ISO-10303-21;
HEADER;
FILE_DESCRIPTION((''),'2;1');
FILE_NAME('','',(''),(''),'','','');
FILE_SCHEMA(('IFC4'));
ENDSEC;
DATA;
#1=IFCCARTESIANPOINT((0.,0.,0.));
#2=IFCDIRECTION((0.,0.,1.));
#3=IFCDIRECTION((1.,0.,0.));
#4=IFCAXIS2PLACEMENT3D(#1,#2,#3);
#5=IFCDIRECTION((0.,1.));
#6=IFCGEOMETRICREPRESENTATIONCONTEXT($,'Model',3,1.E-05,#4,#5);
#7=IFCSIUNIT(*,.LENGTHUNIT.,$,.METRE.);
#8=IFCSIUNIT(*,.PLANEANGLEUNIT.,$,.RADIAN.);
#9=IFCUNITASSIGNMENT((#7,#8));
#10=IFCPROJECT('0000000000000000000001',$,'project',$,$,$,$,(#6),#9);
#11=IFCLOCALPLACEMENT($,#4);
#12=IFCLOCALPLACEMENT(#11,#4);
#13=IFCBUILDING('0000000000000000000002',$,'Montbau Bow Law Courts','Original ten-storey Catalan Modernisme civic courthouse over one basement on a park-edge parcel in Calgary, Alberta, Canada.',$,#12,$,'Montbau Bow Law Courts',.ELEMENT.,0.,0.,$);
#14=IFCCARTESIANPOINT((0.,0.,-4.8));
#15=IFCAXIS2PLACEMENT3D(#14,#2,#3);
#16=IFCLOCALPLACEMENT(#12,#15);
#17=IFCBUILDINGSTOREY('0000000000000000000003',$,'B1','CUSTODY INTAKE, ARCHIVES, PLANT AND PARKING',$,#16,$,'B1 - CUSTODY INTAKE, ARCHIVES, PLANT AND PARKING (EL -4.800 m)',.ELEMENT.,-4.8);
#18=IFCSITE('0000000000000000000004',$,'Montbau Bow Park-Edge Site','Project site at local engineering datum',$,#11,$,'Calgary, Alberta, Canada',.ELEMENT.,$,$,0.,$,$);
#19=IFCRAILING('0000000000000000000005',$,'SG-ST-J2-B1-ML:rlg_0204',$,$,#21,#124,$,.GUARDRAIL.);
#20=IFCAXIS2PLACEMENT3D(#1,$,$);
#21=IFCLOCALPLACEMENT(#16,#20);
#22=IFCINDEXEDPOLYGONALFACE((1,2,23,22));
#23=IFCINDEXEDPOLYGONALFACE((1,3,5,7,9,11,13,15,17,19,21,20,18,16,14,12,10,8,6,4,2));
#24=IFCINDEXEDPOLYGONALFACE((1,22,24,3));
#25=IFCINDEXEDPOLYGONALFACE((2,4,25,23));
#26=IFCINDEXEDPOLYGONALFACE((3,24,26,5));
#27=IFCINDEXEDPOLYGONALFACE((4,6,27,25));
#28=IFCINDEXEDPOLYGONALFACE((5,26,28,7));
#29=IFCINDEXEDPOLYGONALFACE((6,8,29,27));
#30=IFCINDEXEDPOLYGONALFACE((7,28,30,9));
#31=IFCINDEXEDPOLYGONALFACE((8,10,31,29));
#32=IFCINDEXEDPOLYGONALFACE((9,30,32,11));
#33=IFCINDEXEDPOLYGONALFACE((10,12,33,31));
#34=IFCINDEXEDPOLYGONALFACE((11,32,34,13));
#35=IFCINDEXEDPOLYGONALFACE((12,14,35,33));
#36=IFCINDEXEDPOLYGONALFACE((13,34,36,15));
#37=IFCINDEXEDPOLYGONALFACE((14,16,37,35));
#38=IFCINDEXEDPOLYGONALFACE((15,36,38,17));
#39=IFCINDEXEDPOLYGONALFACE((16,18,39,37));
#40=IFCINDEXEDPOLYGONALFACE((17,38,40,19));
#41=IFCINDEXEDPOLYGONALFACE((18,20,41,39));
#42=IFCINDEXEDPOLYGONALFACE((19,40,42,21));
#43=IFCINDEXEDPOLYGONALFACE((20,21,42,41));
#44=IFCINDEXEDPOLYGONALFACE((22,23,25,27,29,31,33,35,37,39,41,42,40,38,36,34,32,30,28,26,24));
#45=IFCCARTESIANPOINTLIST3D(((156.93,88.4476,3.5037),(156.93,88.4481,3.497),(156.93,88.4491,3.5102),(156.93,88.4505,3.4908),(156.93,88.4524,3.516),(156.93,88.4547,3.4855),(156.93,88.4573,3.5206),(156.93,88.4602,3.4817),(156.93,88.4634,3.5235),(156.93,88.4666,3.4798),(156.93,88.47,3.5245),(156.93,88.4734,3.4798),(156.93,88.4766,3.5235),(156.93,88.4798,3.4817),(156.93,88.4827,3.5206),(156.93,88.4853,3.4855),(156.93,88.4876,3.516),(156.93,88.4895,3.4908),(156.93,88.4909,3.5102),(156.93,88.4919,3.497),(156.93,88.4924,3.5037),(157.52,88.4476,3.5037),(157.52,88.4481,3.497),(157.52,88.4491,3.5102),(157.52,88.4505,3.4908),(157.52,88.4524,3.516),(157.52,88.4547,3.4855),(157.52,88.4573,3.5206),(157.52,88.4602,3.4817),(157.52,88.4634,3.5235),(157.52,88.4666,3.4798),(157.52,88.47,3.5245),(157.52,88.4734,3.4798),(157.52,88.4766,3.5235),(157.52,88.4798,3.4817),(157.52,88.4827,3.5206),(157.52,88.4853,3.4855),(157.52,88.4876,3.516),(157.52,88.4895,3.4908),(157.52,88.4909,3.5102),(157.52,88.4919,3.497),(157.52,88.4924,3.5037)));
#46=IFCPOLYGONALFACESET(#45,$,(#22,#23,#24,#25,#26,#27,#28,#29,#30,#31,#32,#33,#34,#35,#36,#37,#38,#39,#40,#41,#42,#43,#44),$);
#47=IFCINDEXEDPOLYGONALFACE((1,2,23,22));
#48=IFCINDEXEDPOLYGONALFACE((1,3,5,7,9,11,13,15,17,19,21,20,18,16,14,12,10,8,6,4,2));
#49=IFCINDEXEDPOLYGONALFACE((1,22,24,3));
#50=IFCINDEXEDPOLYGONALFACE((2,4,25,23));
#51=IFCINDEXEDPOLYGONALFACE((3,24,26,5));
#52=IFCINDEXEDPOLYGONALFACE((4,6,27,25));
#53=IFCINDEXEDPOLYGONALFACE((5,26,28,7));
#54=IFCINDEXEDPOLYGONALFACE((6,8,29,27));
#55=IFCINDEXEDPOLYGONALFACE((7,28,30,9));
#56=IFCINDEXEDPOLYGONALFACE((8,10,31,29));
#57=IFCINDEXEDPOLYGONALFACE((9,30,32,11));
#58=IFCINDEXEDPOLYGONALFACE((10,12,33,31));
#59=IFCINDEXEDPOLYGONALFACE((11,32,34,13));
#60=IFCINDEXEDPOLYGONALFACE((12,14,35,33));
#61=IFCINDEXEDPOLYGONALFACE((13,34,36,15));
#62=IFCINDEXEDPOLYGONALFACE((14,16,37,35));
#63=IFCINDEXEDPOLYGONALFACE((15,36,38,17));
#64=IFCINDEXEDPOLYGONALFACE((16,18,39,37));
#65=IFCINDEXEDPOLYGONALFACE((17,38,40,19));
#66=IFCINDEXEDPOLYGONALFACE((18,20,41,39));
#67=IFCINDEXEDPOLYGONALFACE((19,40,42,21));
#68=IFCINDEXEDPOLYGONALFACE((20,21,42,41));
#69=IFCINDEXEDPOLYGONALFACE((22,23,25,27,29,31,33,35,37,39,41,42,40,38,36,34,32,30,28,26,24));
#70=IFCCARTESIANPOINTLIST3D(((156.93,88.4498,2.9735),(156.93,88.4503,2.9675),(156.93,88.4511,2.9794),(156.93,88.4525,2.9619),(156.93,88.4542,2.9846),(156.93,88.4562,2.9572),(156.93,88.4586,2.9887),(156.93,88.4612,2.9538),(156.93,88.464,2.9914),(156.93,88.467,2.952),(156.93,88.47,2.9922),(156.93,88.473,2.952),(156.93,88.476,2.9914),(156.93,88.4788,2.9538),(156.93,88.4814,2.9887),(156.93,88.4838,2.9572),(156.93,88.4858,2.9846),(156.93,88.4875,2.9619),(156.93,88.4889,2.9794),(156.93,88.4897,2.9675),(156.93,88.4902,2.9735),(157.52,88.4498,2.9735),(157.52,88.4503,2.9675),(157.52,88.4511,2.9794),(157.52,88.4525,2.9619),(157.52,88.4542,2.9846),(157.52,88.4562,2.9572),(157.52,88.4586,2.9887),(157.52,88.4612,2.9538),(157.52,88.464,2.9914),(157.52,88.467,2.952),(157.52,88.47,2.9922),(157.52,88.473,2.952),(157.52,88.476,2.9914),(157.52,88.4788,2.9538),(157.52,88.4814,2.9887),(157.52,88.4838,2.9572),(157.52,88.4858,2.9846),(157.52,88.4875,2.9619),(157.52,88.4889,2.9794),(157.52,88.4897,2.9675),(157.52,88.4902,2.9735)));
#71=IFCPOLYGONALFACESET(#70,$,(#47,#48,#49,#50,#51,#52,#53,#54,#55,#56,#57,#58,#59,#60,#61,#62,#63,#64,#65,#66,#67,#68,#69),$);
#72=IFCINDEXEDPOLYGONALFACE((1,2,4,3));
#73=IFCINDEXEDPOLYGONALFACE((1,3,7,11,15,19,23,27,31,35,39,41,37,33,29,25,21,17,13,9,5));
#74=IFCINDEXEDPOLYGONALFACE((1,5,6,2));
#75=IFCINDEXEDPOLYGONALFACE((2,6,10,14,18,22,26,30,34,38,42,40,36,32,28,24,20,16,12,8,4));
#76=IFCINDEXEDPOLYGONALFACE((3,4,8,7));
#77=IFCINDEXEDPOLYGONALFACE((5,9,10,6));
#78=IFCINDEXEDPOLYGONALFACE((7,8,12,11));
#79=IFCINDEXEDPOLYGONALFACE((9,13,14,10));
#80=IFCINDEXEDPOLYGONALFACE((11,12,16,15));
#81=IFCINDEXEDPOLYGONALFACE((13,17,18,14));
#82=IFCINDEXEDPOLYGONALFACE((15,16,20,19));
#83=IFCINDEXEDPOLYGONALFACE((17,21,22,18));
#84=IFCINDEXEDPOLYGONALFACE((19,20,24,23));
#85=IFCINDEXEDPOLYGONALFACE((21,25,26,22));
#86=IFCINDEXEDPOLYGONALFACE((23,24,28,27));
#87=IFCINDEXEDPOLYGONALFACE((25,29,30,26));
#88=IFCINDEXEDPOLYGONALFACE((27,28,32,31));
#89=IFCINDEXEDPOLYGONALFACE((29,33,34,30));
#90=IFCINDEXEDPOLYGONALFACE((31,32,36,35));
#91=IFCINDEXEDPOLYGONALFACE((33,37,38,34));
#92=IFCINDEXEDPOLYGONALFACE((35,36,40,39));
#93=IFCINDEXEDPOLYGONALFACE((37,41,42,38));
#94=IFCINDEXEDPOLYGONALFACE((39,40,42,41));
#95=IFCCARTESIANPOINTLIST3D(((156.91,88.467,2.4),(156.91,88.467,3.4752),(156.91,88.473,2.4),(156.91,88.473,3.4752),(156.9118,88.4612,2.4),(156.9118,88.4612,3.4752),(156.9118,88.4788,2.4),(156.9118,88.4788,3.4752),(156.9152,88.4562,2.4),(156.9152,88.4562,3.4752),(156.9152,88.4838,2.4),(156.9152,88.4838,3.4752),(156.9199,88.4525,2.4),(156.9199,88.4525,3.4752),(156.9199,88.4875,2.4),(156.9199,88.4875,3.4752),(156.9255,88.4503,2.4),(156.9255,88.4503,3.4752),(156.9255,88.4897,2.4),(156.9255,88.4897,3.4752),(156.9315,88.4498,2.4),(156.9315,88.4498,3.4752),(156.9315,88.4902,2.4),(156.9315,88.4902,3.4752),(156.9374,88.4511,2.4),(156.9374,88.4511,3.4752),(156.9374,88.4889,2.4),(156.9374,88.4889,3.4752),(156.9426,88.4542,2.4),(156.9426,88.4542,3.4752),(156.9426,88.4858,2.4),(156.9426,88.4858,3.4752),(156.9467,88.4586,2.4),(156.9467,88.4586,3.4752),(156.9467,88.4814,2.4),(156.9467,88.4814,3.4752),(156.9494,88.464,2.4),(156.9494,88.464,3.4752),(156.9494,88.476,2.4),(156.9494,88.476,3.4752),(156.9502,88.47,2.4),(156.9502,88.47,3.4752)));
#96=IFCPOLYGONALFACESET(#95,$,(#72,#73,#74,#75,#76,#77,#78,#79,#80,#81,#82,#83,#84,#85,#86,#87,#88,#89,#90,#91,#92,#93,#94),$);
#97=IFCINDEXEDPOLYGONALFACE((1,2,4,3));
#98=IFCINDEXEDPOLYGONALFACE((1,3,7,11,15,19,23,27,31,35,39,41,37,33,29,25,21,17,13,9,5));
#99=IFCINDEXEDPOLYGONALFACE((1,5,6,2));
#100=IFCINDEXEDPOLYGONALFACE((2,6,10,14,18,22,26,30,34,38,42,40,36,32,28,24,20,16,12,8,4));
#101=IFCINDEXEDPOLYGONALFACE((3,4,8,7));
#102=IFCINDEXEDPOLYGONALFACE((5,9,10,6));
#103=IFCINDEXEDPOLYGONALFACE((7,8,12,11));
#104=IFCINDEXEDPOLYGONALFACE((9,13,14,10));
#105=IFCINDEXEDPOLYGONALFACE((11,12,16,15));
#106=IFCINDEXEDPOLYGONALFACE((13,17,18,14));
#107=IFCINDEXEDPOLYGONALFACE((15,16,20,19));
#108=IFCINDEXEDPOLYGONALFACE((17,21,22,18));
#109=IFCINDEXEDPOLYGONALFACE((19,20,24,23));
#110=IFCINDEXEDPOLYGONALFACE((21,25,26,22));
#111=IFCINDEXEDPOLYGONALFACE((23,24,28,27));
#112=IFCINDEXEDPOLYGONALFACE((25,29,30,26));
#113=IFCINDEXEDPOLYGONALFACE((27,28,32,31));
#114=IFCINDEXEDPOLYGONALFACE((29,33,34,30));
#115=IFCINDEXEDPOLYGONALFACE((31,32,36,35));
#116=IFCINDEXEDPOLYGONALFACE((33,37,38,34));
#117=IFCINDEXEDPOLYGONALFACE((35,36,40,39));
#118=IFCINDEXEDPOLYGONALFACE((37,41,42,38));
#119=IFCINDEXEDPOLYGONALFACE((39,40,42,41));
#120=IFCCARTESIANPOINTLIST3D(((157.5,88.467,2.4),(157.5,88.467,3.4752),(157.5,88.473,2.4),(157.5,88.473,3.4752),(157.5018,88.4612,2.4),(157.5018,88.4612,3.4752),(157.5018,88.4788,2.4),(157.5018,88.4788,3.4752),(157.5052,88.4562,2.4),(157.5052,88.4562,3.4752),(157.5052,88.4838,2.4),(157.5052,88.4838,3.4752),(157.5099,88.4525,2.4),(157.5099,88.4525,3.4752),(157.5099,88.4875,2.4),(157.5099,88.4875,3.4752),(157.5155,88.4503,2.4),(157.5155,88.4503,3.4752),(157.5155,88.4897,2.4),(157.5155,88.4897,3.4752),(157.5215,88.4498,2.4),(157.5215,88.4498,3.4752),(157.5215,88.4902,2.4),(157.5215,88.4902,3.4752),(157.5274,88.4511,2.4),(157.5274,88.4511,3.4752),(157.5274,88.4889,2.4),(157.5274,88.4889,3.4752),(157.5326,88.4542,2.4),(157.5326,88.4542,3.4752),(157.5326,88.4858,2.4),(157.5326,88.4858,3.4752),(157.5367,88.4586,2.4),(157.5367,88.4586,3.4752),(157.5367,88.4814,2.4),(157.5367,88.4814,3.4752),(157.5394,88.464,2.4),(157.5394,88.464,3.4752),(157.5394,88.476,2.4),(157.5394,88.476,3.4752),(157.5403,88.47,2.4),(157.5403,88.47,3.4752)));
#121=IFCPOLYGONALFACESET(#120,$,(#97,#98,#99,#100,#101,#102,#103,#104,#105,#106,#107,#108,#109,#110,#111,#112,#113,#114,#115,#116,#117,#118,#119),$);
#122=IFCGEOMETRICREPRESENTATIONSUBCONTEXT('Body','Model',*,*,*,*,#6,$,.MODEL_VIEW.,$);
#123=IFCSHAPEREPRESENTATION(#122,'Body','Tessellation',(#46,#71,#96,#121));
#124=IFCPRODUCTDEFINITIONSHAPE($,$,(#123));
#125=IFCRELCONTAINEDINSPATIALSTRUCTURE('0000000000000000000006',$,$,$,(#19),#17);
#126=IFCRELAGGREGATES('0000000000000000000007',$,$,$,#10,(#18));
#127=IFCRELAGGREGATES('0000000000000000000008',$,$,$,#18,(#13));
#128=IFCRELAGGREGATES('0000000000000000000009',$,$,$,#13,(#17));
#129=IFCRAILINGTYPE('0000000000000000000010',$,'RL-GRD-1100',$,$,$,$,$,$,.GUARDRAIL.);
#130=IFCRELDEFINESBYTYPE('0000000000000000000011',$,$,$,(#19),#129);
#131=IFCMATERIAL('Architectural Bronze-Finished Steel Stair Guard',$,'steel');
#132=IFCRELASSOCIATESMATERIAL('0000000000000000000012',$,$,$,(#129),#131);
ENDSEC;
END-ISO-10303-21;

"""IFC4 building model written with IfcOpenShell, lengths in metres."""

from ifc_helpers import new_model, si_unit, direction, frame, origin_with_axes, origin_2d_with_axis, place, context, subcontext, project, spatial, circle, extrude, material, type_object, element, save


model = new_model("IFC4")

# Units and contexts
model_context = context("Model", 3, precision=1e-05, world=origin_with_axes(), true_north=direction((0.0, 1.0)))
body_context = subcontext(model_context, "Body", "Model", "MODEL_VIEW")
ifc_project = project(units=[si_unit("LENGTHUNIT", "METRE"), si_unit("PLANEANGLEUNIT", "RADIAN")], contexts=[model_context])

# Site, building, storey
site_placement = place(None, origin_with_axes())
site = spatial("IfcSite", under=ifc_project, at=site_placement, Name="Montbau Bow Park-Edge Site", Description="Project site at local engineering datum", LongName="Calgary, Alberta, Canada", CompositionType="ELEMENT", RefElevation=0.0)
building_placement = place(site_placement, origin_with_axes())
building = spatial("IfcBuilding", under=site, at=building_placement, Name="Montbau Bow Law Courts", Description="Original ten-storey Catalan Modernisme civic courthouse over one basement on a park-edge parcel in Calgary, Alberta, Canada.", LongName="Montbau Bow Law Courts", CompositionType="ELEMENT", ElevationOfRefHeight=0.0, ElevationOfTerrain=0.0)
storey_placement = place(building_placement, frame((0.0, 0.0, -4.8), z_axis=(0.0, 0.0, 1.0), x_axis=(1.0, 0.0, 0.0)))
storey = spatial("IfcBuildingStorey", under=building, at=storey_placement, Name="B1", Description="CUSTODY INTAKE, ARCHIVES, PLANT AND PARKING", LongName="B1 - CUSTODY INTAKE, ARCHIVES, PLANT AND PARKING (EL -4.800 m)", CompositionType="ELEMENT", Elevation=-4.8)

# Railing
ifc_material_1 = material(Name="Architectural Bronze-Finished Steel Stair Guard", Category="steel")
railing_type_1 = type_object("IfcRailingType", Name="RL-GRD-1100", PredefinedType="GUARDRAIL", material=ifc_material_1)
railing_1_placement = place(None, origin_with_axes())
element("IfcRailing", 1, at=railing_1_placement, inside=storey, type_object=railing_type_1, Name="SG-ST-J2-B1-ML:rlg_0204", PredefinedType="GUARDRAIL", context=body_context, shape_type="SweptSolid", body=[
    extrude(circle(Radius=0.0225, at=origin_2d_with_axis()), frame((156.93, 88.47, -1.298), z_axis=(1.0, 0.0, 0.0), x_axis=(0.0, 0.0, 1.0)), (0.0, 0.0, 1.0), 0.59),
    extrude(circle(Radius=0.0203, at=origin_2d_with_axis()), frame((156.93, 88.47, -1.828), z_axis=(1.0, 0.0, 0.0), x_axis=(0.0, 0.0, 1.0)), (0.0, 0.0, 1.0), 0.59),
    extrude(circle(Radius=0.0203, at=origin_2d_with_axis()), frame((156.93, 88.47, -2.4), z_axis=(0.0, 0.0, 1.0), x_axis=(1.0, 0.0, 0.0)), (0.0, 0.0, 1.0), 1.0753),
    extrude(circle(Radius=0.0203, at=origin_2d_with_axis()), frame((157.52, 88.47, -2.4), z_axis=(0.0, 0.0, 1.0), x_axis=(1.0, 0.0, 0.0)), (0.0, 0.0, 1.0), 1.0753),
])

save(model, "model.ifc")
